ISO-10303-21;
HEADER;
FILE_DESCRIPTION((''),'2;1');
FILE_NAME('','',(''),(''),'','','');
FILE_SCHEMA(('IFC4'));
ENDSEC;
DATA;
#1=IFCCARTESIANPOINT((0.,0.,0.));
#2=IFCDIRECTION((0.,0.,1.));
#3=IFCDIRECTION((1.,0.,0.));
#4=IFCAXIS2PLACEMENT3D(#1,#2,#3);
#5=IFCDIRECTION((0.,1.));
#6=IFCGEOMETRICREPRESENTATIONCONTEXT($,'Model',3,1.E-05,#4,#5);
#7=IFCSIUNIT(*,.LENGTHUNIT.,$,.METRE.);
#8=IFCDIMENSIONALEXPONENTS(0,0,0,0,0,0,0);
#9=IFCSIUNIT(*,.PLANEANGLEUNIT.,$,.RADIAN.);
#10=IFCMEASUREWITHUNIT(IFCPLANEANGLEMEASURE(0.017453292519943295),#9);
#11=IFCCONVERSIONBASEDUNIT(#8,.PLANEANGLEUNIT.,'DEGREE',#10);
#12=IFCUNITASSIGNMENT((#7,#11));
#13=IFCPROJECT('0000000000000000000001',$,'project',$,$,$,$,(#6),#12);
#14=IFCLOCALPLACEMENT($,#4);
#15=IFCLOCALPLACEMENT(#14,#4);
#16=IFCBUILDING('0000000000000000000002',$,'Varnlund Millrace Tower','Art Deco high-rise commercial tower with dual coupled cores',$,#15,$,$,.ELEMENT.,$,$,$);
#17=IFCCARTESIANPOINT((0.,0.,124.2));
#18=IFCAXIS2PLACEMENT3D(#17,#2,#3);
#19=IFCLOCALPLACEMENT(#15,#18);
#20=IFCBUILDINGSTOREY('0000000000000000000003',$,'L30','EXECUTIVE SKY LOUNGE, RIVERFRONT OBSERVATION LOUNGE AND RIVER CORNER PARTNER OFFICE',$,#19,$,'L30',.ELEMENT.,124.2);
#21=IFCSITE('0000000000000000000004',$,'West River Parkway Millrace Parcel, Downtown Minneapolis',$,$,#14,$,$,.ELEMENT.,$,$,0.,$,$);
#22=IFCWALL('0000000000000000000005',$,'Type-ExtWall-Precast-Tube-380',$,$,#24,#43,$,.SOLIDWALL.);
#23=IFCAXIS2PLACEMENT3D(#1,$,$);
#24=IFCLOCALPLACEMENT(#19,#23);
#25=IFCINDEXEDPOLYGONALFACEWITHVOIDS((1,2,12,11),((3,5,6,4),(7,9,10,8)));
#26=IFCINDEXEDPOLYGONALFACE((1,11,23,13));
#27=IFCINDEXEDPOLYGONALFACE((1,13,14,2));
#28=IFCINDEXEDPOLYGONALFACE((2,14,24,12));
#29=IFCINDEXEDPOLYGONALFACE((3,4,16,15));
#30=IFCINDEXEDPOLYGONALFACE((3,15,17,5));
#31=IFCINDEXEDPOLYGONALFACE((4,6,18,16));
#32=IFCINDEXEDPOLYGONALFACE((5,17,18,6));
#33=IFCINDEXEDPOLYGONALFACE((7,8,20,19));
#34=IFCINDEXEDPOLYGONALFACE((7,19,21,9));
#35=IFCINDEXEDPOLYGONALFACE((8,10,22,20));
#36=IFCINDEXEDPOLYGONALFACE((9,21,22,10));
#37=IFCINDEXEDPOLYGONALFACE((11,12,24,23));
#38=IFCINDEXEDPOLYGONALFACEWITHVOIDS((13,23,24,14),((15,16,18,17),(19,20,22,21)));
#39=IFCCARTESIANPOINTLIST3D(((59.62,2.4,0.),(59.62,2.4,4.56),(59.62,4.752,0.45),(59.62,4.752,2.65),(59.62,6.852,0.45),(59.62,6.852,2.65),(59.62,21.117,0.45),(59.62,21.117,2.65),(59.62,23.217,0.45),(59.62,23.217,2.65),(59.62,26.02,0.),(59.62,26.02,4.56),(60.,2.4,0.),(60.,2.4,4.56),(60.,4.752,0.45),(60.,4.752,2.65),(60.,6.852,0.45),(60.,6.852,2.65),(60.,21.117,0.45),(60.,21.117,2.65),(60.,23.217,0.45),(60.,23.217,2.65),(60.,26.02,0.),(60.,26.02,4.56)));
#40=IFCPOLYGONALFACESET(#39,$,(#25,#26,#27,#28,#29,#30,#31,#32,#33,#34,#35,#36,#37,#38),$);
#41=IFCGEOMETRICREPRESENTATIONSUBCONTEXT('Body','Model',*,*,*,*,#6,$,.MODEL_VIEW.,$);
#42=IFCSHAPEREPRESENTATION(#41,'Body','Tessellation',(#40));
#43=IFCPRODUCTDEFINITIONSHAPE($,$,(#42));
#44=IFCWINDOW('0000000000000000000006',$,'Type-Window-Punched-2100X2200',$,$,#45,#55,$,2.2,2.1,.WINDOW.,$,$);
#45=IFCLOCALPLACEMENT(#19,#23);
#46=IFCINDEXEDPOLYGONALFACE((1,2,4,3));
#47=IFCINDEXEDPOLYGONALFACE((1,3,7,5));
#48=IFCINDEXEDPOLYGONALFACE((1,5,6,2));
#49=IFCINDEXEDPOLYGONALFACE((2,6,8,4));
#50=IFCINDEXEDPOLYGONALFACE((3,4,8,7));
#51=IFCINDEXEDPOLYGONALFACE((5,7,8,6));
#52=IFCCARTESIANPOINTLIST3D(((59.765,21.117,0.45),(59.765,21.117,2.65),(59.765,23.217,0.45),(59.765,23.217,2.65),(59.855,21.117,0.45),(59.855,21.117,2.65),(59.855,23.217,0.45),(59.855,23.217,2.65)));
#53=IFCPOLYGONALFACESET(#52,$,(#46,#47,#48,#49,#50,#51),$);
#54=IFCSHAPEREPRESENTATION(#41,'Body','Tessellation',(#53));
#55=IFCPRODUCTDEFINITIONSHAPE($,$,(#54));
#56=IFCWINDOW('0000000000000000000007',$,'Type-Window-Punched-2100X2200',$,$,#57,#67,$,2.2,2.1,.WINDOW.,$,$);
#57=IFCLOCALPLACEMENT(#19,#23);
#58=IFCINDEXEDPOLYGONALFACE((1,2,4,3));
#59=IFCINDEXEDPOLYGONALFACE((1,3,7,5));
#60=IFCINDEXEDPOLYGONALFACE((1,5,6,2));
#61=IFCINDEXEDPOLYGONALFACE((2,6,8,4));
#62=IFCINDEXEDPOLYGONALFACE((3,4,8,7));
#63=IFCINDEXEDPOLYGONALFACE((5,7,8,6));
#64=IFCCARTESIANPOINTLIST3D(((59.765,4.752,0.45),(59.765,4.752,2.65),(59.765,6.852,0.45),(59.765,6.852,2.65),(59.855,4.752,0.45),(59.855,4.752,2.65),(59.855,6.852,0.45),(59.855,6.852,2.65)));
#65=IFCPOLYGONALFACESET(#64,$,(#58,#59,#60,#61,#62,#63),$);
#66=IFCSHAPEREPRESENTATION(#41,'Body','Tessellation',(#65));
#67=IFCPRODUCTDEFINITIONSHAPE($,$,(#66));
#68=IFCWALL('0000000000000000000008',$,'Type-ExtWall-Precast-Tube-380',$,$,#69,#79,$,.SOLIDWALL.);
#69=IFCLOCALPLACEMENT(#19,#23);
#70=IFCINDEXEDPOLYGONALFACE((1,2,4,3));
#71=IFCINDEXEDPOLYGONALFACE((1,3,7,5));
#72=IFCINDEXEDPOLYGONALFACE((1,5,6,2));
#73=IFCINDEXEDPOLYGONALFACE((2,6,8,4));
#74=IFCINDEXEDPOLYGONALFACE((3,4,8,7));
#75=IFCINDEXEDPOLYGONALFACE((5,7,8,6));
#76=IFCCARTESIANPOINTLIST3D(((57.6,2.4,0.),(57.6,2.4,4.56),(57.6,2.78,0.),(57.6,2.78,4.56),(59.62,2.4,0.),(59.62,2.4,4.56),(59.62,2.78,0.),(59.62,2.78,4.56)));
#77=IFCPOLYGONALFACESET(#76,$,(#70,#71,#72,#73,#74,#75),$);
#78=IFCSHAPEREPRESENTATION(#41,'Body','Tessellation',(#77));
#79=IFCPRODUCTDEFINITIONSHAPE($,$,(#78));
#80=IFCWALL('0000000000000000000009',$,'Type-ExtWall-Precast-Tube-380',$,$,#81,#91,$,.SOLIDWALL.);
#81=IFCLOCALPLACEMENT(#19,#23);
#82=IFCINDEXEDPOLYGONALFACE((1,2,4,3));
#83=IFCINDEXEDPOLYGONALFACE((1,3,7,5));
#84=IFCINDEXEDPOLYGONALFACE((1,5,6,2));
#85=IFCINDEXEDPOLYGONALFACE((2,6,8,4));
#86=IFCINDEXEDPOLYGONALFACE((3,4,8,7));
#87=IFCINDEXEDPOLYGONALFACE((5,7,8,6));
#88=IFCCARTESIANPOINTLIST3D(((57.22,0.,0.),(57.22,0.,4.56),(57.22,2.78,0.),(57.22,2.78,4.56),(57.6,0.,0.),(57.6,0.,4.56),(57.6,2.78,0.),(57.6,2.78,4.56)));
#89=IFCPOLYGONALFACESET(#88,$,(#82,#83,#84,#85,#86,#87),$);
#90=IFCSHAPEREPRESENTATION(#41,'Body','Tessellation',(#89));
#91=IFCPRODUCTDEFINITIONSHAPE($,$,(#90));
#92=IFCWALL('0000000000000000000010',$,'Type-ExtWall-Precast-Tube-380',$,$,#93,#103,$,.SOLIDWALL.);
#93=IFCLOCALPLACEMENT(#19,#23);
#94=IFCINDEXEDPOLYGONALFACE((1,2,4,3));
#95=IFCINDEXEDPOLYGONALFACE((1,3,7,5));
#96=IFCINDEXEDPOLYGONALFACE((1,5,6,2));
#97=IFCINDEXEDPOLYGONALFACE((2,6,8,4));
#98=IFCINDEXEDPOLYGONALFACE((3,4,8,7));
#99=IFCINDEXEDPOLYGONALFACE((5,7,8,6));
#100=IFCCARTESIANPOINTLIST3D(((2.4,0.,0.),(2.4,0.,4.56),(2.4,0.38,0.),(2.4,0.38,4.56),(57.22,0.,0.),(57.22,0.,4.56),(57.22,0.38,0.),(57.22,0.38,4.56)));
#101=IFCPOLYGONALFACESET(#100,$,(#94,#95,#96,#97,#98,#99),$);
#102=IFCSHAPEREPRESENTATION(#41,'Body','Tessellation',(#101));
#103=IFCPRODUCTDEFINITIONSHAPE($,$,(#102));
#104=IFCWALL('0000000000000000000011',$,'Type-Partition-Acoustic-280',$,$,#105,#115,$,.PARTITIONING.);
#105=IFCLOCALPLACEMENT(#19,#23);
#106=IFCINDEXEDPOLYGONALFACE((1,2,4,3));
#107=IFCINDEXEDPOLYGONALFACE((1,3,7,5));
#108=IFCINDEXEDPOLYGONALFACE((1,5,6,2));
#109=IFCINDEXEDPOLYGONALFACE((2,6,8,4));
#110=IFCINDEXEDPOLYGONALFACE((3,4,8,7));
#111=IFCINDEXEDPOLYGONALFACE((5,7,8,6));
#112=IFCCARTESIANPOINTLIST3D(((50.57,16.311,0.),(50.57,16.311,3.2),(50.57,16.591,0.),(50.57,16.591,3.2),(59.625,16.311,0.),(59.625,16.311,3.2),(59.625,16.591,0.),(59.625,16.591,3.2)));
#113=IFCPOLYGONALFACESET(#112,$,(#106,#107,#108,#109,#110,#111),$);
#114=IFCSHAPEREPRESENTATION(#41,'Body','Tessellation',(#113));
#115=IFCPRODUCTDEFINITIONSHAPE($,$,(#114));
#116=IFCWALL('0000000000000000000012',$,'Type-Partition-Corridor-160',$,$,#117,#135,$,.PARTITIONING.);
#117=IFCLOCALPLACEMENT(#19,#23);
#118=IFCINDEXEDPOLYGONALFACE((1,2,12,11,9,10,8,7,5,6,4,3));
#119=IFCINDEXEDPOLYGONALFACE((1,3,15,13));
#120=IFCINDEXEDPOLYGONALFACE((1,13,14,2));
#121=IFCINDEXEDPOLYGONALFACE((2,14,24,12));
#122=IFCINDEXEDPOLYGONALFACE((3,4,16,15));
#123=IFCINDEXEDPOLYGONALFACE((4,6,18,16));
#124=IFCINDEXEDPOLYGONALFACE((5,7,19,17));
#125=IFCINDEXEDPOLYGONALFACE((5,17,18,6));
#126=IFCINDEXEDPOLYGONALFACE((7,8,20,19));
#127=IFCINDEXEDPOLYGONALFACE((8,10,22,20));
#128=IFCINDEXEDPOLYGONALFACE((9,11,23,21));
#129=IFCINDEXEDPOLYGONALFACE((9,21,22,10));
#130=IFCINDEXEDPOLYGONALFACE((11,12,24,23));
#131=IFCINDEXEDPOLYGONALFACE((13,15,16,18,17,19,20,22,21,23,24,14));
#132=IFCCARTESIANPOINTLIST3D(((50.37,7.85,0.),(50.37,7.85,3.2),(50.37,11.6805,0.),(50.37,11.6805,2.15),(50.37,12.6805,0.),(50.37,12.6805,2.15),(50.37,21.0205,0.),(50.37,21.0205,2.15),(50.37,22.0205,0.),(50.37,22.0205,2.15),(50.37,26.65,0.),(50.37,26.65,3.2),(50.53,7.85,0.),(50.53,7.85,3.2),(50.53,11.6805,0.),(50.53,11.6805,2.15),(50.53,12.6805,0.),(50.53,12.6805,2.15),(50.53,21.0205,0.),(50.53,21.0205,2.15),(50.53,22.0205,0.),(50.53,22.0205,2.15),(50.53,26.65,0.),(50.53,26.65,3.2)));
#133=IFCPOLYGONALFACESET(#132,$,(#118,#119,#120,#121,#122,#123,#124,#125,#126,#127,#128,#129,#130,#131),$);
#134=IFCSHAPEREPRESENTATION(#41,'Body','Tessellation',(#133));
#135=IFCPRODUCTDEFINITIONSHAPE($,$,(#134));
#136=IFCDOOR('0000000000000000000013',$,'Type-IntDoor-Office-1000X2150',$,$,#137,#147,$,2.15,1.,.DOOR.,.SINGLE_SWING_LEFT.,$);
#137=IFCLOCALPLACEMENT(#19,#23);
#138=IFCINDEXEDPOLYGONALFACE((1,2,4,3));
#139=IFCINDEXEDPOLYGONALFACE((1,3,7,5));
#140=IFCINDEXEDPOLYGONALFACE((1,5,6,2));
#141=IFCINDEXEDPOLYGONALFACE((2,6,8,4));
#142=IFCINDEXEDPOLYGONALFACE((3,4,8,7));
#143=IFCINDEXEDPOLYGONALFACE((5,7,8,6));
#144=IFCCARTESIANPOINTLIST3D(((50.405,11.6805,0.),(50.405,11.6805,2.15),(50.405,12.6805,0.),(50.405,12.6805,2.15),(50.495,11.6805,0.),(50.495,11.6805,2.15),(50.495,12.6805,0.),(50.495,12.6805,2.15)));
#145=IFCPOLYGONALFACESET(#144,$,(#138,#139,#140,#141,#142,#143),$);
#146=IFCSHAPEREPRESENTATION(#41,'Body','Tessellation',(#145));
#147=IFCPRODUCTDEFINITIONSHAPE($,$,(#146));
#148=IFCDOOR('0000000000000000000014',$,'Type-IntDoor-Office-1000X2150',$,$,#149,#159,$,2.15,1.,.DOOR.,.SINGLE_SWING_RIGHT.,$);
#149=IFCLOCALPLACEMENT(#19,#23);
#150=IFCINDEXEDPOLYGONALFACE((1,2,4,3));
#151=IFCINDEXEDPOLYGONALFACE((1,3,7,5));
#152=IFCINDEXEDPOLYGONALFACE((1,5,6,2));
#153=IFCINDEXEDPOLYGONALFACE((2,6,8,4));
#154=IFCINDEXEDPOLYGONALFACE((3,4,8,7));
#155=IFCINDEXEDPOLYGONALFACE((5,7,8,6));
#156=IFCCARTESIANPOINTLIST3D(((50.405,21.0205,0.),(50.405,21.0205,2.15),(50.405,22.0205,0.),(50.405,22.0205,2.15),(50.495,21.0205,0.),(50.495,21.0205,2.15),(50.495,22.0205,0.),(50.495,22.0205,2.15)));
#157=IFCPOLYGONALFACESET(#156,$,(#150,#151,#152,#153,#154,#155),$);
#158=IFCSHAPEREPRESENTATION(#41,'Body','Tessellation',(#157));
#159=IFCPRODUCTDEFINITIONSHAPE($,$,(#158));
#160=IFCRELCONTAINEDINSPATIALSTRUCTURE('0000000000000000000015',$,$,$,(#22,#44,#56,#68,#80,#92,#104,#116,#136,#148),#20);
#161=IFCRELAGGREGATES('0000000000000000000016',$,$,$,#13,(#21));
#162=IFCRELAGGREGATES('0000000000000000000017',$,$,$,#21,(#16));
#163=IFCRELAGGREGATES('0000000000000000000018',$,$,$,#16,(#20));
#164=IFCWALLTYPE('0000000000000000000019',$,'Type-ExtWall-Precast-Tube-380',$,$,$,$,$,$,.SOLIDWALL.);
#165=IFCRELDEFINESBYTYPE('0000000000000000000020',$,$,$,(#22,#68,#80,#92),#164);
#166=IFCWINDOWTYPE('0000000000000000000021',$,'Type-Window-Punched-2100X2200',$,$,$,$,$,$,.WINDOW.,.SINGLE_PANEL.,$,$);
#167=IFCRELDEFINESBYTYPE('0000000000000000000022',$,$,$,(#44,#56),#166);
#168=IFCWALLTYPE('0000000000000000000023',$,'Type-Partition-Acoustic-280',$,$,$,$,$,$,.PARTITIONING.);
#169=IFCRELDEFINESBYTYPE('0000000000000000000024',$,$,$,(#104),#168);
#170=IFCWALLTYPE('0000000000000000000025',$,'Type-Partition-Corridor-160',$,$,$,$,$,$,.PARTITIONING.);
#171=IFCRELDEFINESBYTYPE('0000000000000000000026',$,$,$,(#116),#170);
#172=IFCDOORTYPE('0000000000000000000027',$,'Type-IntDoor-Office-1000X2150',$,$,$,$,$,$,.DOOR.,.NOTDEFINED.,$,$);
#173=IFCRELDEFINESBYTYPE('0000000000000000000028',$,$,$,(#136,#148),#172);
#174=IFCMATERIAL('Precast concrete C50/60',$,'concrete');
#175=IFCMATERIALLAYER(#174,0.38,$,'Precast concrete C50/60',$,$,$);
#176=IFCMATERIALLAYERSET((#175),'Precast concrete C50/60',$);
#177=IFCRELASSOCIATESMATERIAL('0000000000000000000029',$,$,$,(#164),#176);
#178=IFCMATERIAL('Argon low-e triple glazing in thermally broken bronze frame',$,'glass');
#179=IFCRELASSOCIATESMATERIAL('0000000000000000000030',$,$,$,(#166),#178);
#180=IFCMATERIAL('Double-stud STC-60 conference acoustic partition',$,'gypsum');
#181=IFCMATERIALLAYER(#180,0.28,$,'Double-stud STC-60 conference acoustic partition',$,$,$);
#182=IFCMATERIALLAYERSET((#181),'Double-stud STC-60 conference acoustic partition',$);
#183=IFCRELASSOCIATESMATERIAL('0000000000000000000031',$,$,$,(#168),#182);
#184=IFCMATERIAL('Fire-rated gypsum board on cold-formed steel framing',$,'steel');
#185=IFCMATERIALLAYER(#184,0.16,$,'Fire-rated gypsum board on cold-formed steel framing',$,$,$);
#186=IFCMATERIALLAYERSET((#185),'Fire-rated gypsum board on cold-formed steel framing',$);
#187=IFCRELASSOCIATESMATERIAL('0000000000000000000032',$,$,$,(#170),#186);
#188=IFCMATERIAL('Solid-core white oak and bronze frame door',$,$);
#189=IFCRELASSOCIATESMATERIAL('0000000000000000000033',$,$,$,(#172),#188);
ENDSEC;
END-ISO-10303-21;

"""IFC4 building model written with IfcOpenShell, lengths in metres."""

from ifc_helpers import new_model, entity, si_unit, converted_unit, direction, frame, origin_with_axes, origin_2d_with_axis, place, context, subcontext, project, spatial, polyline, rectangle, outline, extrude, material, layer, layer_set, type_object, element, fill, save


model = new_model("IFC4")

# Units and contexts
model_context = context("Model", 3, precision=1e-05, world=origin_with_axes(), true_north=direction((0.0, 1.0)))
body_context = subcontext(model_context, "Body", "Model", "MODEL_VIEW")
ifc_project = project(units=[si_unit("LENGTHUNIT", "METRE"), converted_unit("PLANEANGLEUNIT", "DEGREE", entity("IfcPlaneAngleMeasure", 0.017453292519943295), si_unit("PLANEANGLEUNIT", "RADIAN"), dimensions=[0, 0, 0, 0, 0, 0, 0])], contexts=[model_context])

# Site, building, storey
site_placement = place(None, origin_with_axes())
site = spatial("IfcSite", under=ifc_project, at=site_placement, Name="West River Parkway Millrace Parcel, Downtown Minneapolis", CompositionType="ELEMENT", RefElevation=0.0)
building_placement = place(site_placement, origin_with_axes())
building = spatial("IfcBuilding", under=site, at=building_placement, Name="Varnlund Millrace Tower", Description="Art Deco high-rise commercial tower with dual coupled cores", CompositionType="ELEMENT")
storey_placement = place(building_placement, frame((0.0, 0.0, 124.2), z_axis=(0.0, 0.0, 1.0), x_axis=(1.0, 0.0, 0.0)))
storey = spatial("IfcBuildingStorey", under=building, at=storey_placement, Name="L30", Description="EXECUTIVE SKY LOUNGE, RIVERFRONT OBSERVATION LOUNGE AND RIVER CORNER PARTNER OFFICE", LongName="L30", CompositionType="ELEMENT", Elevation=124.2)

# Shared definitions
ifc_material_1 = material(Name="Precast concrete C50/60", Category="concrete")
ifc_layer_1 = layer(ifc_material_1, 0.38, Name="Precast concrete C50/60")
ifc_layer_set_1 = layer_set([ifc_layer_1], Name="Precast concrete C50/60")
wall_type_1 = type_object("IfcWallType", Name="Type-ExtWall-Precast-Tube-380", PredefinedType="SOLIDWALL", material=ifc_layer_set_1)

# Wall, openings, windows
wall_1_placement = place(storey_placement, frame((59.81, 26.02, 0.0), z_axis=(0.0, 0.0, 1.0), x_axis=(0.0, -1.0, 0.0)))
wall_1 = element("IfcWall", 1, at=wall_1_placement, inside=storey, type_object=wall_type_1, Name="Type-ExtWall-Precast-Tube-380", PredefinedType="SOLIDWALL", context=body_context, shape_type="SweptSolid", body=[
    extrude(outline(polyline([(0.0, -0.19), (23.62, -0.19), (23.62, 0.19), (0.0, 0.19), (0.0, -0.19)])), origin_with_axes(), (0.0, 0.0, 1.0), 4.56),
])
opening_1_placement = place(wall_1_placement, frame((3.853, 0.0, 0.45), z_axis=(0.0, 0.0, 1.0), x_axis=(1.0, 0.0, 0.0)))
opening_1 = element("IfcOpeningElement", 2, at=opening_1_placement, cuts=wall_1, PredefinedType="OPENING", context=body_context, shape_type="SweptSolid", body=[
    extrude(rectangle(XDim=2.1, YDim=0.4, at=origin_2d_with_axis()), origin_with_axes(), (0.0, 0.0, 1.0), 2.2),
])
opening_2_placement = place(wall_1_placement, frame((20.218, 0.0, 0.45), z_axis=(0.0, 0.0, 1.0), x_axis=(1.0, 0.0, 0.0)))
opening_2 = element("IfcOpeningElement", 3, at=opening_2_placement, cuts=wall_1, PredefinedType="OPENING", context=body_context, shape_type="SweptSolid", body=[
    extrude(rectangle(XDim=2.1, YDim=0.4, at=origin_2d_with_axis()), origin_with_axes(), (0.0, 0.0, 1.0), 2.2),
])
ifc_material_2 = material(Name="Argon low-e triple glazing in thermally broken bronze frame", Category="glass")
window_type = type_object("IfcWindowType", Name="Type-Window-Punched-2100X2200", PartitioningType="SINGLE_PANEL", PredefinedType="WINDOW", material=ifc_material_2)
window_1_placement = place(wall_1_placement, frame((3.853, 0.0, 0.45), z_axis=(0.0, 0.0, 1.0), x_axis=(1.0, 0.0, 0.0)))
window_1 = element("IfcWindow", 4, at=window_1_placement, inside=storey, type_object=window_type, Name="Type-Window-Punched-2100X2200", OverallHeight=2.2, OverallWidth=2.1, PredefinedType="WINDOW", context=body_context, shape_type="SweptSolid", body=[
    extrude(rectangle(XDim=2.1, YDim=0.09, at=origin_2d_with_axis()), origin_with_axes(), (0.0, 0.0, 1.0), 2.2),
])
fill(opening_1, window_1)
window_2_placement = place(wall_1_placement, frame((20.218, 0.0, 0.45), z_axis=(0.0, 0.0, 1.0), x_axis=(1.0, 0.0, 0.0)))
window_2 = element("IfcWindow", 5, at=window_2_placement, inside=storey, type_object=window_type, Name="Type-Window-Punched-2100X2200", OverallHeight=2.2, OverallWidth=2.1, PredefinedType="WINDOW", context=body_context, shape_type="SweptSolid", body=[
    extrude(rectangle(XDim=2.1, YDim=0.09, at=origin_2d_with_axis()), origin_with_axes(), (0.0, 0.0, 1.0), 2.2),
])
fill(opening_2, window_2)

# Walls
wall_2_placement = place(storey_placement, frame((59.62, 2.59, 0.0), z_axis=(0.0, 0.0, 1.0), x_axis=(-1.0, 0.0, 0.0)))
element("IfcWall", 6, at=wall_2_placement, inside=storey, type_object=wall_type_1, Name="Type-ExtWall-Precast-Tube-380", PredefinedType="SOLIDWALL", context=body_context, shape_type="SweptSolid", body=[
    extrude(outline(polyline([(0.0, -0.19), (2.02, -0.19), (2.02, 0.19), (0.0, 0.19), (0.0, -0.19)])), origin_with_axes(), (0.0, 0.0, 1.0), 4.56),
])
wall_3_placement = place(storey_placement, frame((57.41, 2.78, 0.0), z_axis=(0.0, 0.0, 1.0), x_axis=(0.0, -1.0, 0.0)))
element("IfcWall", 7, at=wall_3_placement, inside=storey, type_object=wall_type_1, Name="Type-ExtWall-Precast-Tube-380", PredefinedType="SOLIDWALL", context=body_context, shape_type="SweptSolid", body=[
    extrude(outline(polyline([(0.0, -0.19), (2.78, -0.19), (2.78, 0.19), (0.0, 0.19), (0.0, -0.19)])), origin_with_axes(), (0.0, 0.0, 1.0), 4.56),
])
wall_4_placement = place(storey_placement, frame((57.22, 0.19, 0.0), z_axis=(0.0, 0.0, 1.0), x_axis=(-1.0, 0.0, 0.0)))
element("IfcWall", 8, at=wall_4_placement, inside=storey, type_object=wall_type_1, Name="Type-ExtWall-Precast-Tube-380", PredefinedType="SOLIDWALL", context=body_context, shape_type="SweptSolid", body=[
    extrude(outline(polyline([(0.0, -0.19), (54.82, -0.19), (54.82, 0.19), (0.0, 0.19), (0.0, -0.19)])), origin_with_axes(), (0.0, 0.0, 1.0), 4.56),
])
ifc_material_3 = material(Name="Double-stud STC-60 conference acoustic partition", Category="gypsum")
ifc_layer_2 = layer(ifc_material_3, 0.28, Name="Double-stud STC-60 conference acoustic partition")
ifc_layer_set_2 = layer_set([ifc_layer_2], Name="Double-stud STC-60 conference acoustic partition")
wall_type_2 = type_object("IfcWallType", Name="Type-Partition-Acoustic-280", PredefinedType="PARTITIONING", material=ifc_layer_set_2)
wall_5_placement = place(storey_placement, frame((50.57, 16.451, 0.0), z_axis=(0.0, 0.0, 1.0), x_axis=(1.0, 0.0, 0.0)))
element("IfcWall", 9, at=wall_5_placement, inside=storey, type_object=wall_type_2, Name="Type-Partition-Acoustic-280", PredefinedType="PARTITIONING", context=body_context, shape_type="SweptSolid", body=[
    extrude(outline(polyline([(0.0, -0.14), (9.055, -0.14), (9.055, 0.14), (0.0, 0.14), (0.0, -0.14)])), origin_with_axes(), (0.0, 0.0, 1.0), 3.2),
])

# Wall, openings, doors
ifc_material_4 = material(Name="Fire-rated gypsum board on cold-formed steel framing", Category="steel")
ifc_layer_3 = layer(ifc_material_4, 0.16, Name="Fire-rated gypsum board on cold-formed steel framing")
ifc_layer_set_3 = layer_set([ifc_layer_3], Name="Fire-rated gypsum board on cold-formed steel framing")
wall_type_3 = type_object("IfcWallType", Name="Type-Partition-Corridor-160", PredefinedType="PARTITIONING", material=ifc_layer_set_3)
wall_6_placement = place(storey_placement, frame((50.45, 7.85, 0.0), z_axis=(0.0, 0.0, 1.0), x_axis=(0.0, 1.0, 0.0)))
wall_6 = element("IfcWall", 10, at=wall_6_placement, inside=storey, type_object=wall_type_3, Name="Type-Partition-Corridor-160", PredefinedType="PARTITIONING", context=body_context, shape_type="SweptSolid", body=[
    extrude(outline(polyline([(0.0, -0.08), (18.8, -0.08), (18.8, 0.08), (0.0, 0.08), (0.0, -0.08)])), origin_with_axes(), (0.0, 0.0, 1.0), 3.2),
])
opening_3_placement = place(wall_6_placement, frame((4.3305, 0.0, 0.0), z_axis=(0.0, 0.0, 1.0), x_axis=(1.0, 0.0, 0.0)))
opening_3 = element("IfcOpeningElement", 11, at=opening_3_placement, cuts=wall_6, PredefinedType="OPENING", context=body_context, shape_type="SweptSolid", body=[
    extrude(rectangle(XDim=1.0, YDim=0.18, at=origin_2d_with_axis()), origin_with_axes(), (0.0, 0.0, 1.0), 2.15),
])
opening_4_placement = place(wall_6_placement, frame((13.6705, 0.0, 0.0), z_axis=(0.0, 0.0, 1.0), x_axis=(1.0, 0.0, 0.0)))
opening_4 = element("IfcOpeningElement", 12, at=opening_4_placement, cuts=wall_6, PredefinedType="OPENING", context=body_context, shape_type="SweptSolid", body=[
    extrude(rectangle(XDim=1.0, YDim=0.18, at=origin_2d_with_axis()), origin_with_axes(), (0.0, 0.0, 1.0), 2.15),
])
ifc_material_5 = material(Name="Solid-core white oak and bronze frame door")
door_type_1 = type_object("IfcDoorType", Name="Type-IntDoor-Office-1000X2150", OperationType="NOTDEFINED", PredefinedType="DOOR", material=ifc_material_5)
door_1_placement = place(wall_6_placement, frame((4.3305, 0.0, 0.0), z_axis=(0.0, 0.0, 1.0), x_axis=(1.0, 0.0, 0.0)))
door_1 = element("IfcDoor", 13, at=door_1_placement, inside=storey, type_object=door_type_1, Name="Type-IntDoor-Office-1000X2150", OperationType="SINGLE_SWING_LEFT", OverallHeight=2.15, OverallWidth=1.0, PredefinedType="DOOR", context=body_context, shape_type="SweptSolid", body=[
    extrude(rectangle(XDim=1.0, YDim=0.09, at=origin_2d_with_axis()), origin_with_axes(), (0.0, 0.0, 1.0), 2.15),
])
fill(opening_3, door_1)
door_2_placement = place(wall_6_placement, frame((13.6705, 0.0, 0.0), z_axis=(0.0, 0.0, 1.0), x_axis=(1.0, 0.0, 0.0)))
door_2 = element("IfcDoor", 14, at=door_2_placement, inside=storey, type_object=door_type_1, Name="Type-IntDoor-Office-1000X2150", OperationType="SINGLE_SWING_RIGHT", OverallHeight=2.15, OverallWidth=1.0, PredefinedType="DOOR", context=body_context, shape_type="SweptSolid", body=[
    extrude(rectangle(XDim=1.0, YDim=0.09, at=origin_2d_with_axis()), origin_with_axes(), (0.0, 0.0, 1.0), 2.15),
])
fill(opening_4, door_2)

save(model, "model.ifc")
